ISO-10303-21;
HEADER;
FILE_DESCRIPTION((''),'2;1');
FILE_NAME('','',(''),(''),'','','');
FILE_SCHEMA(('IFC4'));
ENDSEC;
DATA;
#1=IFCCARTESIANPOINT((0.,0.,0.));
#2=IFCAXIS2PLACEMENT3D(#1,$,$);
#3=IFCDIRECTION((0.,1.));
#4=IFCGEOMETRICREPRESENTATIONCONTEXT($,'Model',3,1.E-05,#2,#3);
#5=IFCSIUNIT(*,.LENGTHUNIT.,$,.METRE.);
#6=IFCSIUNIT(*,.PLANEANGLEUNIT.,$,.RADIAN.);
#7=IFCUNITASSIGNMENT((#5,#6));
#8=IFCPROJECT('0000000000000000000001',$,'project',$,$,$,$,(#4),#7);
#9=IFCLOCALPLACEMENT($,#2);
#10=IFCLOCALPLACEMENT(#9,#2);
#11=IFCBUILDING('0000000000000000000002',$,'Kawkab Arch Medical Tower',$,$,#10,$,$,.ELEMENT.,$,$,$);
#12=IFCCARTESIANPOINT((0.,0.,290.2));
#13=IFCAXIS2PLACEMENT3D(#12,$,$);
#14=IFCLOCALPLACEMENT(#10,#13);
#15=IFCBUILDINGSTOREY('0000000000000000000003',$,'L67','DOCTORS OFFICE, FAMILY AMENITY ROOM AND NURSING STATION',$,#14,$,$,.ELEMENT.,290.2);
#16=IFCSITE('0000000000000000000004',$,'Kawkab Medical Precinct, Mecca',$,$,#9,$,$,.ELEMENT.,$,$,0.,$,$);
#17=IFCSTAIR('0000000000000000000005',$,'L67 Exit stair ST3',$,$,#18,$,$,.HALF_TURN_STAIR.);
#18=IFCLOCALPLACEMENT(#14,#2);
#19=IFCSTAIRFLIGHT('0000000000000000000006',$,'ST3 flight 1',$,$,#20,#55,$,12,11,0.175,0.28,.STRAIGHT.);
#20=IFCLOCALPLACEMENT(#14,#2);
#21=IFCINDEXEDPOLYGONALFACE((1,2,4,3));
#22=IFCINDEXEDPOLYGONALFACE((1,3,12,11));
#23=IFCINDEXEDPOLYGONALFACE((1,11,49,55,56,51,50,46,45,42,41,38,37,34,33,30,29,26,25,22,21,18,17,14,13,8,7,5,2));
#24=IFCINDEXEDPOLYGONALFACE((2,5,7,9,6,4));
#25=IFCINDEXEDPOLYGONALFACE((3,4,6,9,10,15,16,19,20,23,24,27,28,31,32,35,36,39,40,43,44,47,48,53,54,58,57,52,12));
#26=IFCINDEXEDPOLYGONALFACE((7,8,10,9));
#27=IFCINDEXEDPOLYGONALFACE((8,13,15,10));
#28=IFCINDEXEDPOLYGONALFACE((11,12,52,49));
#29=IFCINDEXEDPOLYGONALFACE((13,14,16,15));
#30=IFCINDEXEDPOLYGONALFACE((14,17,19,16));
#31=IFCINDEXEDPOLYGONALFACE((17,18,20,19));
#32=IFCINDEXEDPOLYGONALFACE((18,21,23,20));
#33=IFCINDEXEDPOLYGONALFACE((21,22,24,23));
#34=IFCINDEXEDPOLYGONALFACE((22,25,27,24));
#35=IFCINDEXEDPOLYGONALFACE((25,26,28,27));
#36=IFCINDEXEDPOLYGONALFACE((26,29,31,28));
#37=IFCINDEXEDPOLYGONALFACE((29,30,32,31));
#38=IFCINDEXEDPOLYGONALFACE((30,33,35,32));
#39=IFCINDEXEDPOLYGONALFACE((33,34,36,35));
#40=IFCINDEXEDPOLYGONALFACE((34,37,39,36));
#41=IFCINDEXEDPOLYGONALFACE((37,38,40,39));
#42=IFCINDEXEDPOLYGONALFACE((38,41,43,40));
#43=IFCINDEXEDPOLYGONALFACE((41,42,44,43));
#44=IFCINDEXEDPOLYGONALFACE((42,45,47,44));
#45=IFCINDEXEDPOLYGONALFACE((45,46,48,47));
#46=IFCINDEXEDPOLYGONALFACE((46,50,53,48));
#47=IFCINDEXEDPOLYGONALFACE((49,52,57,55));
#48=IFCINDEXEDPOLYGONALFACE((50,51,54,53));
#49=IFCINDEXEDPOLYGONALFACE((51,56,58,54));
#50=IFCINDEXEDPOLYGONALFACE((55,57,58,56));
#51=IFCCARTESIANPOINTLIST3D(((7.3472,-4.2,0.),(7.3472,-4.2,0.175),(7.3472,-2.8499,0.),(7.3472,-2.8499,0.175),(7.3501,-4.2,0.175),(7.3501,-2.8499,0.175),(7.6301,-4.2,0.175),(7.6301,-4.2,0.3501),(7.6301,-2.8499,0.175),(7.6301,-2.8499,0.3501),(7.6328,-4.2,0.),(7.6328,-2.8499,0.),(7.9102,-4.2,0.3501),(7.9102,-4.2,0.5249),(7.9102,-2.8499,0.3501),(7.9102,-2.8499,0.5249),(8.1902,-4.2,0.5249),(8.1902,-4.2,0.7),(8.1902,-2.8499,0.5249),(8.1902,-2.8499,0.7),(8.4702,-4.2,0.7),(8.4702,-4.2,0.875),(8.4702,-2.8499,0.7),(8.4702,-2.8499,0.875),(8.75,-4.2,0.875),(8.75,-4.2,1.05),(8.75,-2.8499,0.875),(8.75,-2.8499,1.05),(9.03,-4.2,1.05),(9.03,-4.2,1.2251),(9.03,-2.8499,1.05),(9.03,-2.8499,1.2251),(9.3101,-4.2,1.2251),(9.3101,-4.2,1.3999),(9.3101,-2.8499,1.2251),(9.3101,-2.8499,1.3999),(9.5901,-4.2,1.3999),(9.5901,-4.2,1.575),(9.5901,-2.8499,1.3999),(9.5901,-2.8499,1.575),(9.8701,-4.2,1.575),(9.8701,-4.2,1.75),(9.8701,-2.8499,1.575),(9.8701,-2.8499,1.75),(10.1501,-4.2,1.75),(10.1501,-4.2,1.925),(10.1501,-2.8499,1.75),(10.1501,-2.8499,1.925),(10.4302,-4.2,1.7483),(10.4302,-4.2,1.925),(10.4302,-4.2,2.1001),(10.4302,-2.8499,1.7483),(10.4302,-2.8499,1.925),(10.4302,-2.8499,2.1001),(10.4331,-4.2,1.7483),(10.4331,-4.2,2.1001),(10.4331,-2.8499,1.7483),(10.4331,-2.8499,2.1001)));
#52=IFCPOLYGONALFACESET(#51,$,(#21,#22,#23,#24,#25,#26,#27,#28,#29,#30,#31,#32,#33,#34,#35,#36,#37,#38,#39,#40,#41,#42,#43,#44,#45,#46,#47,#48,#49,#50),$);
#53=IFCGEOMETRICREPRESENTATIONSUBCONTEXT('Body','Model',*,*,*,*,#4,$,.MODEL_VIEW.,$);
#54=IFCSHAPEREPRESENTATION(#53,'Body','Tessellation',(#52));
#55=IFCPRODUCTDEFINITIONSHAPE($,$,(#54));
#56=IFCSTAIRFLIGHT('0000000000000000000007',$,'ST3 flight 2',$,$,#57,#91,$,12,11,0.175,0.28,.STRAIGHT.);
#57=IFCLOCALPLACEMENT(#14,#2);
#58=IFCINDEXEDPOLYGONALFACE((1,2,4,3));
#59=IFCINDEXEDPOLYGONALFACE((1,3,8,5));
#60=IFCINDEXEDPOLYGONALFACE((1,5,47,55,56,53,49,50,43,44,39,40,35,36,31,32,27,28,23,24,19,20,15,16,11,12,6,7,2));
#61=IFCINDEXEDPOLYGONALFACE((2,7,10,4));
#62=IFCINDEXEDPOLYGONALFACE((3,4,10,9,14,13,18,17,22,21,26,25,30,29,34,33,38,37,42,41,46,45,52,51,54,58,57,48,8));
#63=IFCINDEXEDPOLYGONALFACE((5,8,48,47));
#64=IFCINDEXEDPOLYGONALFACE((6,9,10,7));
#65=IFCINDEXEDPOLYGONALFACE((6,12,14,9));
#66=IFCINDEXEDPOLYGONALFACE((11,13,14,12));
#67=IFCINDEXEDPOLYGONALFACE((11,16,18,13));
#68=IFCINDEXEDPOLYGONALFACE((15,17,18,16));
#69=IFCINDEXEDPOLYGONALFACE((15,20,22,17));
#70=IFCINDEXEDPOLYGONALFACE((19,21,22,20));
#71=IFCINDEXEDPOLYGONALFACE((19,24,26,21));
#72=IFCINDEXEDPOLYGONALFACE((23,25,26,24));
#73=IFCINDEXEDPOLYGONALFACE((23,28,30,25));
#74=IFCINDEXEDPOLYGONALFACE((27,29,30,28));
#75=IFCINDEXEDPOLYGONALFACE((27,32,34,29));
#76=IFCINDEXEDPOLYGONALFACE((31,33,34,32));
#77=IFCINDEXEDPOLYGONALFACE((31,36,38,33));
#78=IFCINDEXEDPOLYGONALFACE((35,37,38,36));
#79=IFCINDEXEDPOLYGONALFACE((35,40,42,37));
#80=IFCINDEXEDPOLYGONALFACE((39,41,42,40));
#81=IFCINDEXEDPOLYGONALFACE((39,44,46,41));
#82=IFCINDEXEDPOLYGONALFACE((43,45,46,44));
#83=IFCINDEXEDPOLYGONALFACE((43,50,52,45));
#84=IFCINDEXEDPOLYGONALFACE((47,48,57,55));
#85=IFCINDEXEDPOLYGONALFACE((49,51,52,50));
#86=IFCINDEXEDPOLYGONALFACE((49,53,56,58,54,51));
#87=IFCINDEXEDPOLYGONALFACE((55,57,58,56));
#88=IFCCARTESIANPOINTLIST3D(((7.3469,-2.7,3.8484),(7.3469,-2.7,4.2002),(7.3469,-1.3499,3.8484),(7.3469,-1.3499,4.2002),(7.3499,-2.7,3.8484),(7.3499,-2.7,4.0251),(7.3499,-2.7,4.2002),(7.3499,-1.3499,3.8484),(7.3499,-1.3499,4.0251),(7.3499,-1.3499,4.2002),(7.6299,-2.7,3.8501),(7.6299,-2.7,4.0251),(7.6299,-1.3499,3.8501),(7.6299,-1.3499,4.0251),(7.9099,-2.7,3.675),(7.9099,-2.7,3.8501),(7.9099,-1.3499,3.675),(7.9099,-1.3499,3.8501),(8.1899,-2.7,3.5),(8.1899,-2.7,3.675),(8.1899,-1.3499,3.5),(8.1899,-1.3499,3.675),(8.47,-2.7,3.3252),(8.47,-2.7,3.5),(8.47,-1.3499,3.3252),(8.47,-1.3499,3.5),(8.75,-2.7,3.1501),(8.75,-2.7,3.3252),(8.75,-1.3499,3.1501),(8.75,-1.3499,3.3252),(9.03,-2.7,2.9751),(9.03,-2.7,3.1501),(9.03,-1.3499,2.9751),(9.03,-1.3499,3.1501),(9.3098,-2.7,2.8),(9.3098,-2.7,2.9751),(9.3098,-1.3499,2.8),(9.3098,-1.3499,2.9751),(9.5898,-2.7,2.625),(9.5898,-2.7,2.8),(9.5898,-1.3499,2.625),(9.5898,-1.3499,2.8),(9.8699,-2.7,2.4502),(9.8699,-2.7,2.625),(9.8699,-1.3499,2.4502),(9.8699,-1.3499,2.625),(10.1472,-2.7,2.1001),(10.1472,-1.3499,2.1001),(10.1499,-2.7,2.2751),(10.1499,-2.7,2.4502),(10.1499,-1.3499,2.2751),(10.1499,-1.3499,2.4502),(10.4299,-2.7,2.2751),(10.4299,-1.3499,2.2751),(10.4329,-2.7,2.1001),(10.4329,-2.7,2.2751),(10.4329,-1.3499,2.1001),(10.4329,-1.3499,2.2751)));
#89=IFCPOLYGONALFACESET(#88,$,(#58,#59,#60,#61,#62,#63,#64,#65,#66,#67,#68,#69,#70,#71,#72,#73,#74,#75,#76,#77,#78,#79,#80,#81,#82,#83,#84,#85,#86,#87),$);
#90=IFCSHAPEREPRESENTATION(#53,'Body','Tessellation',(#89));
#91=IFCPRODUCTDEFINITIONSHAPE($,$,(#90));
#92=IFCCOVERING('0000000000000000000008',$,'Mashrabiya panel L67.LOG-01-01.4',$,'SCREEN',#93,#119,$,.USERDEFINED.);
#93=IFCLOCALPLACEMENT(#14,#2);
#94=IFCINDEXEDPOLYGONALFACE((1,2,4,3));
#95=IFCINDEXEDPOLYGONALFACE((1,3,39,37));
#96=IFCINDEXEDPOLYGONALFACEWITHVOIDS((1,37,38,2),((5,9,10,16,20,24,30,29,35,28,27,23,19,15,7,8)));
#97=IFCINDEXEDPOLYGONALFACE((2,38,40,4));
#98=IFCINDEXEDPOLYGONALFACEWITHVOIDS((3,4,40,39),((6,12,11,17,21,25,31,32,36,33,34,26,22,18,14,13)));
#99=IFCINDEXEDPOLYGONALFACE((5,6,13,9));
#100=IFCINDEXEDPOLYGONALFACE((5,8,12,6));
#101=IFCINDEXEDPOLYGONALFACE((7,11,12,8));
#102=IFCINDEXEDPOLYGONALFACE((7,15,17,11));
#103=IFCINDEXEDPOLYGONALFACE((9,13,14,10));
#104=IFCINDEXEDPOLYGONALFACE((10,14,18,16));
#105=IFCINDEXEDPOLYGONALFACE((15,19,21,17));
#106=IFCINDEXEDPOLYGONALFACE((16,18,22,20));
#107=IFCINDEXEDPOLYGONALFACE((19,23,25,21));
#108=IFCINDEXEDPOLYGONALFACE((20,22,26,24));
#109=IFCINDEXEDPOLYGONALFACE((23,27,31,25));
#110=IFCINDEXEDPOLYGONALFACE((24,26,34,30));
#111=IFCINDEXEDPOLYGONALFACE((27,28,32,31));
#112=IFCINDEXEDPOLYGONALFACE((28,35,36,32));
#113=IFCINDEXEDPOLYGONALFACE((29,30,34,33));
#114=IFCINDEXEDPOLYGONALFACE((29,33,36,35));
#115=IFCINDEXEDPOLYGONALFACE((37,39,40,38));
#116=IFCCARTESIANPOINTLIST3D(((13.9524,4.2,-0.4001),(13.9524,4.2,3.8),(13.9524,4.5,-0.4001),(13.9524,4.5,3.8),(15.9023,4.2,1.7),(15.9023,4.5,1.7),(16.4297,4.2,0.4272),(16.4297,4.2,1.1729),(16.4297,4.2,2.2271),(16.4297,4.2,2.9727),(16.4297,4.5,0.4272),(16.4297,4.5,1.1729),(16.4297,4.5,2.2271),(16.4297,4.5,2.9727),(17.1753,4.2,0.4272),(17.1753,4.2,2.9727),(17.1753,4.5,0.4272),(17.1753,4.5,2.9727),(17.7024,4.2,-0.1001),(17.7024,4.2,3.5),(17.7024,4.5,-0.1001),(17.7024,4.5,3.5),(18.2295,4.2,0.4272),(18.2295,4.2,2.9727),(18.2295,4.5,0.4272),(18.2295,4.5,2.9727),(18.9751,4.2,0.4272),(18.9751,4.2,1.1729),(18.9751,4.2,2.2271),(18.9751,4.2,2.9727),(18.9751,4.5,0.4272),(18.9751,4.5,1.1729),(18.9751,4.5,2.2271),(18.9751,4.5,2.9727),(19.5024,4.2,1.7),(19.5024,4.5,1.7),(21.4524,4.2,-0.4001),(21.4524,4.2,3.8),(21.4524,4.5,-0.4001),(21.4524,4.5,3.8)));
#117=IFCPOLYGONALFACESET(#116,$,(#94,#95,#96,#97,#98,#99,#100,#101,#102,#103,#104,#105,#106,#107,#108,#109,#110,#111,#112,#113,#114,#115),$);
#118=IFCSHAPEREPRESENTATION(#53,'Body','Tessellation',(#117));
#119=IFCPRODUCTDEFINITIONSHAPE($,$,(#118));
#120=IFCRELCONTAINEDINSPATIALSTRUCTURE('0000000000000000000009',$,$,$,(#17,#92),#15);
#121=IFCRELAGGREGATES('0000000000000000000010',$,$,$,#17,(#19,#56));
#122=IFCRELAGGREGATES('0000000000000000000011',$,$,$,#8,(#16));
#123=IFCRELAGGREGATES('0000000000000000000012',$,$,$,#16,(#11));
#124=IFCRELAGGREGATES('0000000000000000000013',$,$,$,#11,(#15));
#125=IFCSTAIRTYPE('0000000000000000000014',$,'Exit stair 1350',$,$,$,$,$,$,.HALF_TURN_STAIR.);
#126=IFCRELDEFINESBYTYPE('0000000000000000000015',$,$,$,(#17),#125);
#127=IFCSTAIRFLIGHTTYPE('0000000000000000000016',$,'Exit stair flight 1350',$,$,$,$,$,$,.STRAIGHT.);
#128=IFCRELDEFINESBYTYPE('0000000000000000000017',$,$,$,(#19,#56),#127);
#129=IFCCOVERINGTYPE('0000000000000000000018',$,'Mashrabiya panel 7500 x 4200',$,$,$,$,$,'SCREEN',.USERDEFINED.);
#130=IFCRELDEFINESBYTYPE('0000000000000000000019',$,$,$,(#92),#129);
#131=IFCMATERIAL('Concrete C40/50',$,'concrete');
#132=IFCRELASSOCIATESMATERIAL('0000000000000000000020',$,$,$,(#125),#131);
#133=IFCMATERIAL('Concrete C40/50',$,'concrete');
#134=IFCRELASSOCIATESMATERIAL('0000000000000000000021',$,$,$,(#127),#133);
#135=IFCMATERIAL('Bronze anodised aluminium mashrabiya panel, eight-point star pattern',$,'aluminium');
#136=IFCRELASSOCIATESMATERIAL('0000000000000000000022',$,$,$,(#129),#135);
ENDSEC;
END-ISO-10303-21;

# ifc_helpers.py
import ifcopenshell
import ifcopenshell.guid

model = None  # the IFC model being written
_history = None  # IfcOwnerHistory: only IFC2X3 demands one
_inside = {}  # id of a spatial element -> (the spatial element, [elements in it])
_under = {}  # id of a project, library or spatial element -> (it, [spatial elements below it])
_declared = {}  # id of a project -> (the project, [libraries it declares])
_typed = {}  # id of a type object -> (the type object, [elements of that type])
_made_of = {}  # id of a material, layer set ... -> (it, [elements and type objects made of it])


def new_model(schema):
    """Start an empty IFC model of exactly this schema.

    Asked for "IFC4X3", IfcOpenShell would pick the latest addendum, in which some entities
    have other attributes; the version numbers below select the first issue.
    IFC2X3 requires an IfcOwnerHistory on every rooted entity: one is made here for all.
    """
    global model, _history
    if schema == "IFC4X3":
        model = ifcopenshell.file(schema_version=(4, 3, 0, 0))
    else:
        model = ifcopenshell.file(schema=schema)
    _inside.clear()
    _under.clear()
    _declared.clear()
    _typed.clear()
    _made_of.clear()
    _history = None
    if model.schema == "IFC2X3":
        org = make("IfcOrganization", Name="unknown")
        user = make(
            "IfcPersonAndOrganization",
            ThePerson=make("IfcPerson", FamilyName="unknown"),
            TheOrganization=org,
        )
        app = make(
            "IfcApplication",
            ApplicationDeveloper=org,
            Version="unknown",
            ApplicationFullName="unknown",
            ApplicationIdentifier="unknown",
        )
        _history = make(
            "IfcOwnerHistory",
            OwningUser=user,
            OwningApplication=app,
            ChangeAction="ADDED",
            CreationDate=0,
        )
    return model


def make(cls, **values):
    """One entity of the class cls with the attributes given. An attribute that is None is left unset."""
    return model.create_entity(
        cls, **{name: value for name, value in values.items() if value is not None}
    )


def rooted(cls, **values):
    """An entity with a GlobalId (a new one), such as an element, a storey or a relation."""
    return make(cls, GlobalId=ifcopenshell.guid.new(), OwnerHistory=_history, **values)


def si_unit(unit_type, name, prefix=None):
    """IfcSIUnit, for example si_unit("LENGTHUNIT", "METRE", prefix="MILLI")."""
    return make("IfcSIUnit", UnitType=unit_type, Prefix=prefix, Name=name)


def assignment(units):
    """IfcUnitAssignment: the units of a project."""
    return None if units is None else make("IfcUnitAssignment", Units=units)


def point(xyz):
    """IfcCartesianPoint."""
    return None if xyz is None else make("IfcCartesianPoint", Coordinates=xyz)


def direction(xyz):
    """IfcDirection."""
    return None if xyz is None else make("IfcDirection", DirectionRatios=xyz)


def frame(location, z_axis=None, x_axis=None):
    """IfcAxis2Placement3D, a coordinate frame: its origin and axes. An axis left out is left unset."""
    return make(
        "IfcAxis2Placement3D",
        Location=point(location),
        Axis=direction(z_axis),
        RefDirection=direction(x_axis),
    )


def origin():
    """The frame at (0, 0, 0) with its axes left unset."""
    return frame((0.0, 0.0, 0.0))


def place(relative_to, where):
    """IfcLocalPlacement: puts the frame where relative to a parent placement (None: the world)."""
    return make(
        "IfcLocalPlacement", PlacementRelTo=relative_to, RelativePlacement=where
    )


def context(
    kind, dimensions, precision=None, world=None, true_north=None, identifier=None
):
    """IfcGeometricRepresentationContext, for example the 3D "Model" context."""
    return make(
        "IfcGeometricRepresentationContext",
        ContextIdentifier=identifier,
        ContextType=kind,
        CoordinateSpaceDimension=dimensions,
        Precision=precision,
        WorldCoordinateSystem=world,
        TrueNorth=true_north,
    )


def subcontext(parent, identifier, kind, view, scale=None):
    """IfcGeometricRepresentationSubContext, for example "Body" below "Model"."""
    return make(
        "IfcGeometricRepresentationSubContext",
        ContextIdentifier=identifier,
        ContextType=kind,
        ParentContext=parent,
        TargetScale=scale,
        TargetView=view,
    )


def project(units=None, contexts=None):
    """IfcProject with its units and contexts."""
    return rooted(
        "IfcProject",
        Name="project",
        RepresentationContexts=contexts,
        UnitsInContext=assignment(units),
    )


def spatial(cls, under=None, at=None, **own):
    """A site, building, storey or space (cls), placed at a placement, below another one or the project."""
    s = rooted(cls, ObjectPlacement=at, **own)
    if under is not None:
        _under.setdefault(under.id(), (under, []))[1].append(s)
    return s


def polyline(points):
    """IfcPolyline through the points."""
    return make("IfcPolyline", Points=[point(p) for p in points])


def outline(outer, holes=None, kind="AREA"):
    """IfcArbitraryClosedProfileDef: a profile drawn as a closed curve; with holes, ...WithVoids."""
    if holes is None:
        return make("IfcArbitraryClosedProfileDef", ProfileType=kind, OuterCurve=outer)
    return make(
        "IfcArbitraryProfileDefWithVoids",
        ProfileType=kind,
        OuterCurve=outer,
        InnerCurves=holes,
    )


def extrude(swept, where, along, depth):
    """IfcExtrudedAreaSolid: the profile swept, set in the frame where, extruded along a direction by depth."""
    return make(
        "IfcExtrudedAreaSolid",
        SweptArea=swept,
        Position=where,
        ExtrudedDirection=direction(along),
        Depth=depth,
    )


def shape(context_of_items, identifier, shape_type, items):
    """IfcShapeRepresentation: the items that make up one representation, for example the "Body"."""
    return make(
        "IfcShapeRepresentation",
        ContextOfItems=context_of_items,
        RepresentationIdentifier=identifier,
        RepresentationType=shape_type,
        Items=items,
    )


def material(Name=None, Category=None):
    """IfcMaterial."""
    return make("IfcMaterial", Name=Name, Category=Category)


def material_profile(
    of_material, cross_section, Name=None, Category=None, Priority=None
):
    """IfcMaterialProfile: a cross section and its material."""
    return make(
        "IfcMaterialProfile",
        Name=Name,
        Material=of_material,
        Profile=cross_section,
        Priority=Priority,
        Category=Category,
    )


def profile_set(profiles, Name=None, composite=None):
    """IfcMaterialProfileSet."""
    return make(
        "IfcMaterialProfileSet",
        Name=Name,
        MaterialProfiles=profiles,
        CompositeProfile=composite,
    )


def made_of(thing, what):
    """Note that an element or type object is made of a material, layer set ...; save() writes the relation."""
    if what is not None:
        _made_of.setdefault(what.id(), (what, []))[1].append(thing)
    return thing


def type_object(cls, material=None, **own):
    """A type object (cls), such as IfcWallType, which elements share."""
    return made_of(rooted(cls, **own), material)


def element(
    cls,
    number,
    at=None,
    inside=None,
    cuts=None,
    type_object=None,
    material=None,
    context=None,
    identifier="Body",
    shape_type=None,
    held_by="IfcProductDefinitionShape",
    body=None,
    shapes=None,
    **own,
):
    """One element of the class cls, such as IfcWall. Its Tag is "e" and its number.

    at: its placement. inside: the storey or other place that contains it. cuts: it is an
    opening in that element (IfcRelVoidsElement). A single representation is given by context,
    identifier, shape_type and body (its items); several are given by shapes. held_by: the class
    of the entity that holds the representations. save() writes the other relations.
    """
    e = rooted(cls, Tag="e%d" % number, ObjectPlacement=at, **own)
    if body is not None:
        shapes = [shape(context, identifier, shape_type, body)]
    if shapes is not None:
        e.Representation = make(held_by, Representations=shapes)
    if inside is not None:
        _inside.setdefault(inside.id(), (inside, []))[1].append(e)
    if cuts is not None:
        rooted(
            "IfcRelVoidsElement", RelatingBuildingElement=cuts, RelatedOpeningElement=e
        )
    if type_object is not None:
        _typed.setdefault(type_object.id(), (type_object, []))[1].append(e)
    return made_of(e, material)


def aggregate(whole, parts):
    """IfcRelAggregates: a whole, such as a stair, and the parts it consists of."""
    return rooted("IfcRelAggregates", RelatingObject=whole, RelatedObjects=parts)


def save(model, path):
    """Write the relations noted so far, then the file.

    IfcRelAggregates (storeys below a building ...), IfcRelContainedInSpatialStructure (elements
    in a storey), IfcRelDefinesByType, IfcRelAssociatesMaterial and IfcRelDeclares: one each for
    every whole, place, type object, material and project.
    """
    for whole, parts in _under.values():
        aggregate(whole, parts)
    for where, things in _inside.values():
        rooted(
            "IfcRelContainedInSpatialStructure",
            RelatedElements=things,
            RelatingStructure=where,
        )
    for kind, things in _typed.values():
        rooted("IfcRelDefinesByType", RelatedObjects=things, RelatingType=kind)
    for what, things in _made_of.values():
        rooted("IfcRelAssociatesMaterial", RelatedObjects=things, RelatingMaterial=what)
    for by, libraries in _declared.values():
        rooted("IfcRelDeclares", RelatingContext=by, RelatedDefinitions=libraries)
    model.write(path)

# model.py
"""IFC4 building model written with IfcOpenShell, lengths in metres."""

from ifc_helpers import new_model, si_unit, direction, frame, origin, place, context, subcontext, project, spatial, polyline, outline, extrude, material, material_profile, profile_set, type_object, element, aggregate, save


model = new_model("IFC4")

# Units and contexts
model_context = context("Model", 3, precision=1e-05, world=origin(), true_north=direction((0.0, 1.0)))
body_context = subcontext(model_context, "Body", "Model", "MODEL_VIEW")
ifc_project = project(units=[si_unit("LENGTHUNIT", "METRE"), si_unit("PLANEANGLEUNIT", "RADIAN")], contexts=[model_context])

# Site, building, storey
site_placement = place(None, origin())
site = spatial("IfcSite", under=ifc_project, at=site_placement, Name="Kawkab Medical Precinct, Mecca", CompositionType="ELEMENT", RefElevation=0.0)
building_placement = place(site_placement, origin())
building = spatial("IfcBuilding", under=site, at=building_placement, Name="Kawkab Arch Medical Tower", CompositionType="ELEMENT")
storey_placement = place(building_placement, frame((0.0, 0.0, 290.2)))
storey = spatial("IfcBuildingStorey", under=building, at=storey_placement, Name="L67", Description="DOCTORS OFFICE, FAMILY AMENITY ROOM AND NURSING STATION", CompositionType="ELEMENT", Elevation=290.2)

# Shared definitions
placement = place(storey_placement, origin())

# Stair, stair flights
ifc_material_1 = material(Name="Concrete C40/50", Category="concrete")
stair_type = type_object("IfcStairType", Name="Exit stair 1350", PredefinedType="HALF_TURN_STAIR", material=ifc_material_1)
stair = element("IfcStair", 1, at=placement, inside=storey, type_object=stair_type, Name="L67 Exit stair ST3", PredefinedType="HALF_TURN_STAIR")
ifc_material_2 = material(Name="Concrete C40/50", Category="concrete")
stair_flight_type = type_object("IfcStairFlightType", Name="Exit stair flight 1350", PredefinedType="STRAIGHT", material=ifc_material_2)
stair_flight_1_placement = place(storey_placement, frame((7.3501, -3.5249, 0.0), z_axis=(0.0, 0.0, 1.0), x_axis=(1.0, 0.0, 0.0)))
stair_flight_1 = element("IfcStairFlight", 2, at=stair_flight_1_placement, type_object=stair_flight_type, Name="ST3 flight 1", NumberOfRisers=12, NumberOfTreads=11, PredefinedType="STRAIGHT", RiserHeight=0.175, TreadLength=0.28, context=body_context, shape_type="SweptSolid", body=[
    extrude(outline(polyline([(-0.0029, 0.0), (-0.0029, 0.175), (0.0, 0.175), (0.28, 0.175), (0.28, 0.3501), (0.5601, 0.3501), (0.5601, 0.5249), (0.8401, 0.5249), (0.8401, 0.7), (1.1201, 0.7), (1.1201, 0.875), (1.3999, 0.875), (1.3999, 1.05), (1.6799, 1.05), (1.6799, 1.2251), (1.96, 1.2251), (1.96, 1.3999), (2.24, 1.3999), (2.24, 1.575), (2.52, 1.575), (2.52, 1.75), (2.8, 1.75), (2.8, 1.925), (3.0801, 1.925), (3.0801, 2.1001), (3.083, 2.1001), (3.083, 1.7483), (3.0801, 1.7483), (0.2827, 0.0), (-0.0029, 0.0)])), frame((0.0, 0.675, 0.0), z_axis=(0.0, -1.0, 0.0), x_axis=(1.0, 0.0, 0.0)), (0.0, 0.0, 1.0), 1.3501),
])
stair_flight_2_placement = place(storey_placement, frame((10.4299, -2.0249, 2.1001), z_axis=(0.0, 0.0, 1.0), x_axis=(-1.0, 0.0, 0.0)))
stair_flight_2 = element("IfcStairFlight", 3, at=stair_flight_2_placement, type_object=stair_flight_type, Name="ST3 flight 2", NumberOfRisers=12, NumberOfTreads=11, PredefinedType="STRAIGHT", RiserHeight=0.175, TreadLength=0.28, context=body_context, shape_type="SweptSolid", body=[
    extrude(outline(polyline([(-0.0029, 0.0), (-0.0029, 0.175), (0.0, 0.175), (0.28, 0.175), (0.28, 0.3501), (0.5601, 0.3501), (0.5601, 0.5249), (0.8401, 0.5249), (0.8401, 0.7), (1.1201, 0.7), (1.1201, 0.875), (1.3999, 0.875), (1.3999, 1.05), (1.6799, 1.05), (1.6799, 1.2251), (1.96, 1.2251), (1.96, 1.3999), (2.24, 1.3999), (2.24, 1.575), (2.52, 1.575), (2.52, 1.75), (2.8, 1.75), (2.8, 1.925), (3.0801, 1.925), (3.0801, 2.1001), (3.083, 2.1001), (3.083, 1.7483), (3.0801, 1.7483), (0.2827, 0.0), (-0.0029, 0.0)])), frame((0.0, 0.675, 0.0), z_axis=(0.0, -1.0, 0.0), x_axis=(1.0, 0.0, 0.0)), (0.0, 0.0, 1.0), 1.3501),
])
aggregate(stair, [stair_flight_1, stair_flight_2])

# Covering
ifc_material_3 = material(Name="Bronze anodised aluminium mashrabiya panel, eight-point star pattern", Category="aluminium")
ifc_material_profile_1 = material_profile(ifc_material_3, outline(polyline([(-3.75, -2.1001), (3.75, -2.1001), (3.75, 2.1001), (-3.75, 2.1001), (-3.75, -2.1001)]), holes=[polyline([(1.8, 0.0), (1.2727, 0.5271), (1.2727, 1.2727), (0.5271, 1.2727), (0.0, 1.8), (-0.5271, 1.2727), (-1.2727, 1.2727), (-1.2727, 0.5271), (-1.8, 0.0), (-1.2727, -0.5271), (-1.2727, -1.2727), (-0.5271, -1.2727), (0.0, -1.8), (0.5271, -1.2727), (1.2727, -1.2727), (1.2727, -0.5271), (1.8, 0.0)])]), Name="Mashrabiya panel 7500x4200")
ifc_profile_set_1 = profile_set([ifc_material_profile_1], Name="Bronze anodised aluminium mashrabiya panel, eight-point star pattern")
covering_type = type_object("IfcCoveringType", Name="Mashrabiya panel 7500 x 4200", ElementType="SCREEN", PredefinedType="USERDEFINED", material=ifc_profile_set_1)
covering_placement = place(storey_placement, frame((17.7024, 4.2, 1.7), z_axis=(0.0, 1.0, 0.0), x_axis=(-1.0, 0.0, 0.0)))
element("IfcCovering", 4, at=covering_placement, inside=storey, type_object=covering_type, Name="Mashrabiya panel L67.LOG-01-01.4", ObjectType="SCREEN", PredefinedType="USERDEFINED", context=body_context, shape_type="SweptSolid", body=[
    extrude(outline(polyline([(-3.75, -2.1001), (3.75, -2.1001), (3.75, 2.1001), (-3.75, 2.1001), (-3.75, -2.1001)]), holes=[polyline([(1.8, 0.0), (1.2727, 0.5271), (1.2727, 1.2727), (0.5271, 1.2727), (0.0, 1.8), (-0.5271, 1.2727), (-1.2727, 1.2727), (-1.2727, 0.5271), (-1.8, 0.0), (-1.2727, -0.5271), (-1.2727, -1.2727), (-0.5271, -1.2727), (0.0, -1.8), (0.5271, -1.2727), (1.2727, -1.2727), (1.2727, -0.5271), (1.8, 0.0)])]), origin(), (0.0, 0.0, 1.0), 0.3),
])

save(model, "model.ifc")
